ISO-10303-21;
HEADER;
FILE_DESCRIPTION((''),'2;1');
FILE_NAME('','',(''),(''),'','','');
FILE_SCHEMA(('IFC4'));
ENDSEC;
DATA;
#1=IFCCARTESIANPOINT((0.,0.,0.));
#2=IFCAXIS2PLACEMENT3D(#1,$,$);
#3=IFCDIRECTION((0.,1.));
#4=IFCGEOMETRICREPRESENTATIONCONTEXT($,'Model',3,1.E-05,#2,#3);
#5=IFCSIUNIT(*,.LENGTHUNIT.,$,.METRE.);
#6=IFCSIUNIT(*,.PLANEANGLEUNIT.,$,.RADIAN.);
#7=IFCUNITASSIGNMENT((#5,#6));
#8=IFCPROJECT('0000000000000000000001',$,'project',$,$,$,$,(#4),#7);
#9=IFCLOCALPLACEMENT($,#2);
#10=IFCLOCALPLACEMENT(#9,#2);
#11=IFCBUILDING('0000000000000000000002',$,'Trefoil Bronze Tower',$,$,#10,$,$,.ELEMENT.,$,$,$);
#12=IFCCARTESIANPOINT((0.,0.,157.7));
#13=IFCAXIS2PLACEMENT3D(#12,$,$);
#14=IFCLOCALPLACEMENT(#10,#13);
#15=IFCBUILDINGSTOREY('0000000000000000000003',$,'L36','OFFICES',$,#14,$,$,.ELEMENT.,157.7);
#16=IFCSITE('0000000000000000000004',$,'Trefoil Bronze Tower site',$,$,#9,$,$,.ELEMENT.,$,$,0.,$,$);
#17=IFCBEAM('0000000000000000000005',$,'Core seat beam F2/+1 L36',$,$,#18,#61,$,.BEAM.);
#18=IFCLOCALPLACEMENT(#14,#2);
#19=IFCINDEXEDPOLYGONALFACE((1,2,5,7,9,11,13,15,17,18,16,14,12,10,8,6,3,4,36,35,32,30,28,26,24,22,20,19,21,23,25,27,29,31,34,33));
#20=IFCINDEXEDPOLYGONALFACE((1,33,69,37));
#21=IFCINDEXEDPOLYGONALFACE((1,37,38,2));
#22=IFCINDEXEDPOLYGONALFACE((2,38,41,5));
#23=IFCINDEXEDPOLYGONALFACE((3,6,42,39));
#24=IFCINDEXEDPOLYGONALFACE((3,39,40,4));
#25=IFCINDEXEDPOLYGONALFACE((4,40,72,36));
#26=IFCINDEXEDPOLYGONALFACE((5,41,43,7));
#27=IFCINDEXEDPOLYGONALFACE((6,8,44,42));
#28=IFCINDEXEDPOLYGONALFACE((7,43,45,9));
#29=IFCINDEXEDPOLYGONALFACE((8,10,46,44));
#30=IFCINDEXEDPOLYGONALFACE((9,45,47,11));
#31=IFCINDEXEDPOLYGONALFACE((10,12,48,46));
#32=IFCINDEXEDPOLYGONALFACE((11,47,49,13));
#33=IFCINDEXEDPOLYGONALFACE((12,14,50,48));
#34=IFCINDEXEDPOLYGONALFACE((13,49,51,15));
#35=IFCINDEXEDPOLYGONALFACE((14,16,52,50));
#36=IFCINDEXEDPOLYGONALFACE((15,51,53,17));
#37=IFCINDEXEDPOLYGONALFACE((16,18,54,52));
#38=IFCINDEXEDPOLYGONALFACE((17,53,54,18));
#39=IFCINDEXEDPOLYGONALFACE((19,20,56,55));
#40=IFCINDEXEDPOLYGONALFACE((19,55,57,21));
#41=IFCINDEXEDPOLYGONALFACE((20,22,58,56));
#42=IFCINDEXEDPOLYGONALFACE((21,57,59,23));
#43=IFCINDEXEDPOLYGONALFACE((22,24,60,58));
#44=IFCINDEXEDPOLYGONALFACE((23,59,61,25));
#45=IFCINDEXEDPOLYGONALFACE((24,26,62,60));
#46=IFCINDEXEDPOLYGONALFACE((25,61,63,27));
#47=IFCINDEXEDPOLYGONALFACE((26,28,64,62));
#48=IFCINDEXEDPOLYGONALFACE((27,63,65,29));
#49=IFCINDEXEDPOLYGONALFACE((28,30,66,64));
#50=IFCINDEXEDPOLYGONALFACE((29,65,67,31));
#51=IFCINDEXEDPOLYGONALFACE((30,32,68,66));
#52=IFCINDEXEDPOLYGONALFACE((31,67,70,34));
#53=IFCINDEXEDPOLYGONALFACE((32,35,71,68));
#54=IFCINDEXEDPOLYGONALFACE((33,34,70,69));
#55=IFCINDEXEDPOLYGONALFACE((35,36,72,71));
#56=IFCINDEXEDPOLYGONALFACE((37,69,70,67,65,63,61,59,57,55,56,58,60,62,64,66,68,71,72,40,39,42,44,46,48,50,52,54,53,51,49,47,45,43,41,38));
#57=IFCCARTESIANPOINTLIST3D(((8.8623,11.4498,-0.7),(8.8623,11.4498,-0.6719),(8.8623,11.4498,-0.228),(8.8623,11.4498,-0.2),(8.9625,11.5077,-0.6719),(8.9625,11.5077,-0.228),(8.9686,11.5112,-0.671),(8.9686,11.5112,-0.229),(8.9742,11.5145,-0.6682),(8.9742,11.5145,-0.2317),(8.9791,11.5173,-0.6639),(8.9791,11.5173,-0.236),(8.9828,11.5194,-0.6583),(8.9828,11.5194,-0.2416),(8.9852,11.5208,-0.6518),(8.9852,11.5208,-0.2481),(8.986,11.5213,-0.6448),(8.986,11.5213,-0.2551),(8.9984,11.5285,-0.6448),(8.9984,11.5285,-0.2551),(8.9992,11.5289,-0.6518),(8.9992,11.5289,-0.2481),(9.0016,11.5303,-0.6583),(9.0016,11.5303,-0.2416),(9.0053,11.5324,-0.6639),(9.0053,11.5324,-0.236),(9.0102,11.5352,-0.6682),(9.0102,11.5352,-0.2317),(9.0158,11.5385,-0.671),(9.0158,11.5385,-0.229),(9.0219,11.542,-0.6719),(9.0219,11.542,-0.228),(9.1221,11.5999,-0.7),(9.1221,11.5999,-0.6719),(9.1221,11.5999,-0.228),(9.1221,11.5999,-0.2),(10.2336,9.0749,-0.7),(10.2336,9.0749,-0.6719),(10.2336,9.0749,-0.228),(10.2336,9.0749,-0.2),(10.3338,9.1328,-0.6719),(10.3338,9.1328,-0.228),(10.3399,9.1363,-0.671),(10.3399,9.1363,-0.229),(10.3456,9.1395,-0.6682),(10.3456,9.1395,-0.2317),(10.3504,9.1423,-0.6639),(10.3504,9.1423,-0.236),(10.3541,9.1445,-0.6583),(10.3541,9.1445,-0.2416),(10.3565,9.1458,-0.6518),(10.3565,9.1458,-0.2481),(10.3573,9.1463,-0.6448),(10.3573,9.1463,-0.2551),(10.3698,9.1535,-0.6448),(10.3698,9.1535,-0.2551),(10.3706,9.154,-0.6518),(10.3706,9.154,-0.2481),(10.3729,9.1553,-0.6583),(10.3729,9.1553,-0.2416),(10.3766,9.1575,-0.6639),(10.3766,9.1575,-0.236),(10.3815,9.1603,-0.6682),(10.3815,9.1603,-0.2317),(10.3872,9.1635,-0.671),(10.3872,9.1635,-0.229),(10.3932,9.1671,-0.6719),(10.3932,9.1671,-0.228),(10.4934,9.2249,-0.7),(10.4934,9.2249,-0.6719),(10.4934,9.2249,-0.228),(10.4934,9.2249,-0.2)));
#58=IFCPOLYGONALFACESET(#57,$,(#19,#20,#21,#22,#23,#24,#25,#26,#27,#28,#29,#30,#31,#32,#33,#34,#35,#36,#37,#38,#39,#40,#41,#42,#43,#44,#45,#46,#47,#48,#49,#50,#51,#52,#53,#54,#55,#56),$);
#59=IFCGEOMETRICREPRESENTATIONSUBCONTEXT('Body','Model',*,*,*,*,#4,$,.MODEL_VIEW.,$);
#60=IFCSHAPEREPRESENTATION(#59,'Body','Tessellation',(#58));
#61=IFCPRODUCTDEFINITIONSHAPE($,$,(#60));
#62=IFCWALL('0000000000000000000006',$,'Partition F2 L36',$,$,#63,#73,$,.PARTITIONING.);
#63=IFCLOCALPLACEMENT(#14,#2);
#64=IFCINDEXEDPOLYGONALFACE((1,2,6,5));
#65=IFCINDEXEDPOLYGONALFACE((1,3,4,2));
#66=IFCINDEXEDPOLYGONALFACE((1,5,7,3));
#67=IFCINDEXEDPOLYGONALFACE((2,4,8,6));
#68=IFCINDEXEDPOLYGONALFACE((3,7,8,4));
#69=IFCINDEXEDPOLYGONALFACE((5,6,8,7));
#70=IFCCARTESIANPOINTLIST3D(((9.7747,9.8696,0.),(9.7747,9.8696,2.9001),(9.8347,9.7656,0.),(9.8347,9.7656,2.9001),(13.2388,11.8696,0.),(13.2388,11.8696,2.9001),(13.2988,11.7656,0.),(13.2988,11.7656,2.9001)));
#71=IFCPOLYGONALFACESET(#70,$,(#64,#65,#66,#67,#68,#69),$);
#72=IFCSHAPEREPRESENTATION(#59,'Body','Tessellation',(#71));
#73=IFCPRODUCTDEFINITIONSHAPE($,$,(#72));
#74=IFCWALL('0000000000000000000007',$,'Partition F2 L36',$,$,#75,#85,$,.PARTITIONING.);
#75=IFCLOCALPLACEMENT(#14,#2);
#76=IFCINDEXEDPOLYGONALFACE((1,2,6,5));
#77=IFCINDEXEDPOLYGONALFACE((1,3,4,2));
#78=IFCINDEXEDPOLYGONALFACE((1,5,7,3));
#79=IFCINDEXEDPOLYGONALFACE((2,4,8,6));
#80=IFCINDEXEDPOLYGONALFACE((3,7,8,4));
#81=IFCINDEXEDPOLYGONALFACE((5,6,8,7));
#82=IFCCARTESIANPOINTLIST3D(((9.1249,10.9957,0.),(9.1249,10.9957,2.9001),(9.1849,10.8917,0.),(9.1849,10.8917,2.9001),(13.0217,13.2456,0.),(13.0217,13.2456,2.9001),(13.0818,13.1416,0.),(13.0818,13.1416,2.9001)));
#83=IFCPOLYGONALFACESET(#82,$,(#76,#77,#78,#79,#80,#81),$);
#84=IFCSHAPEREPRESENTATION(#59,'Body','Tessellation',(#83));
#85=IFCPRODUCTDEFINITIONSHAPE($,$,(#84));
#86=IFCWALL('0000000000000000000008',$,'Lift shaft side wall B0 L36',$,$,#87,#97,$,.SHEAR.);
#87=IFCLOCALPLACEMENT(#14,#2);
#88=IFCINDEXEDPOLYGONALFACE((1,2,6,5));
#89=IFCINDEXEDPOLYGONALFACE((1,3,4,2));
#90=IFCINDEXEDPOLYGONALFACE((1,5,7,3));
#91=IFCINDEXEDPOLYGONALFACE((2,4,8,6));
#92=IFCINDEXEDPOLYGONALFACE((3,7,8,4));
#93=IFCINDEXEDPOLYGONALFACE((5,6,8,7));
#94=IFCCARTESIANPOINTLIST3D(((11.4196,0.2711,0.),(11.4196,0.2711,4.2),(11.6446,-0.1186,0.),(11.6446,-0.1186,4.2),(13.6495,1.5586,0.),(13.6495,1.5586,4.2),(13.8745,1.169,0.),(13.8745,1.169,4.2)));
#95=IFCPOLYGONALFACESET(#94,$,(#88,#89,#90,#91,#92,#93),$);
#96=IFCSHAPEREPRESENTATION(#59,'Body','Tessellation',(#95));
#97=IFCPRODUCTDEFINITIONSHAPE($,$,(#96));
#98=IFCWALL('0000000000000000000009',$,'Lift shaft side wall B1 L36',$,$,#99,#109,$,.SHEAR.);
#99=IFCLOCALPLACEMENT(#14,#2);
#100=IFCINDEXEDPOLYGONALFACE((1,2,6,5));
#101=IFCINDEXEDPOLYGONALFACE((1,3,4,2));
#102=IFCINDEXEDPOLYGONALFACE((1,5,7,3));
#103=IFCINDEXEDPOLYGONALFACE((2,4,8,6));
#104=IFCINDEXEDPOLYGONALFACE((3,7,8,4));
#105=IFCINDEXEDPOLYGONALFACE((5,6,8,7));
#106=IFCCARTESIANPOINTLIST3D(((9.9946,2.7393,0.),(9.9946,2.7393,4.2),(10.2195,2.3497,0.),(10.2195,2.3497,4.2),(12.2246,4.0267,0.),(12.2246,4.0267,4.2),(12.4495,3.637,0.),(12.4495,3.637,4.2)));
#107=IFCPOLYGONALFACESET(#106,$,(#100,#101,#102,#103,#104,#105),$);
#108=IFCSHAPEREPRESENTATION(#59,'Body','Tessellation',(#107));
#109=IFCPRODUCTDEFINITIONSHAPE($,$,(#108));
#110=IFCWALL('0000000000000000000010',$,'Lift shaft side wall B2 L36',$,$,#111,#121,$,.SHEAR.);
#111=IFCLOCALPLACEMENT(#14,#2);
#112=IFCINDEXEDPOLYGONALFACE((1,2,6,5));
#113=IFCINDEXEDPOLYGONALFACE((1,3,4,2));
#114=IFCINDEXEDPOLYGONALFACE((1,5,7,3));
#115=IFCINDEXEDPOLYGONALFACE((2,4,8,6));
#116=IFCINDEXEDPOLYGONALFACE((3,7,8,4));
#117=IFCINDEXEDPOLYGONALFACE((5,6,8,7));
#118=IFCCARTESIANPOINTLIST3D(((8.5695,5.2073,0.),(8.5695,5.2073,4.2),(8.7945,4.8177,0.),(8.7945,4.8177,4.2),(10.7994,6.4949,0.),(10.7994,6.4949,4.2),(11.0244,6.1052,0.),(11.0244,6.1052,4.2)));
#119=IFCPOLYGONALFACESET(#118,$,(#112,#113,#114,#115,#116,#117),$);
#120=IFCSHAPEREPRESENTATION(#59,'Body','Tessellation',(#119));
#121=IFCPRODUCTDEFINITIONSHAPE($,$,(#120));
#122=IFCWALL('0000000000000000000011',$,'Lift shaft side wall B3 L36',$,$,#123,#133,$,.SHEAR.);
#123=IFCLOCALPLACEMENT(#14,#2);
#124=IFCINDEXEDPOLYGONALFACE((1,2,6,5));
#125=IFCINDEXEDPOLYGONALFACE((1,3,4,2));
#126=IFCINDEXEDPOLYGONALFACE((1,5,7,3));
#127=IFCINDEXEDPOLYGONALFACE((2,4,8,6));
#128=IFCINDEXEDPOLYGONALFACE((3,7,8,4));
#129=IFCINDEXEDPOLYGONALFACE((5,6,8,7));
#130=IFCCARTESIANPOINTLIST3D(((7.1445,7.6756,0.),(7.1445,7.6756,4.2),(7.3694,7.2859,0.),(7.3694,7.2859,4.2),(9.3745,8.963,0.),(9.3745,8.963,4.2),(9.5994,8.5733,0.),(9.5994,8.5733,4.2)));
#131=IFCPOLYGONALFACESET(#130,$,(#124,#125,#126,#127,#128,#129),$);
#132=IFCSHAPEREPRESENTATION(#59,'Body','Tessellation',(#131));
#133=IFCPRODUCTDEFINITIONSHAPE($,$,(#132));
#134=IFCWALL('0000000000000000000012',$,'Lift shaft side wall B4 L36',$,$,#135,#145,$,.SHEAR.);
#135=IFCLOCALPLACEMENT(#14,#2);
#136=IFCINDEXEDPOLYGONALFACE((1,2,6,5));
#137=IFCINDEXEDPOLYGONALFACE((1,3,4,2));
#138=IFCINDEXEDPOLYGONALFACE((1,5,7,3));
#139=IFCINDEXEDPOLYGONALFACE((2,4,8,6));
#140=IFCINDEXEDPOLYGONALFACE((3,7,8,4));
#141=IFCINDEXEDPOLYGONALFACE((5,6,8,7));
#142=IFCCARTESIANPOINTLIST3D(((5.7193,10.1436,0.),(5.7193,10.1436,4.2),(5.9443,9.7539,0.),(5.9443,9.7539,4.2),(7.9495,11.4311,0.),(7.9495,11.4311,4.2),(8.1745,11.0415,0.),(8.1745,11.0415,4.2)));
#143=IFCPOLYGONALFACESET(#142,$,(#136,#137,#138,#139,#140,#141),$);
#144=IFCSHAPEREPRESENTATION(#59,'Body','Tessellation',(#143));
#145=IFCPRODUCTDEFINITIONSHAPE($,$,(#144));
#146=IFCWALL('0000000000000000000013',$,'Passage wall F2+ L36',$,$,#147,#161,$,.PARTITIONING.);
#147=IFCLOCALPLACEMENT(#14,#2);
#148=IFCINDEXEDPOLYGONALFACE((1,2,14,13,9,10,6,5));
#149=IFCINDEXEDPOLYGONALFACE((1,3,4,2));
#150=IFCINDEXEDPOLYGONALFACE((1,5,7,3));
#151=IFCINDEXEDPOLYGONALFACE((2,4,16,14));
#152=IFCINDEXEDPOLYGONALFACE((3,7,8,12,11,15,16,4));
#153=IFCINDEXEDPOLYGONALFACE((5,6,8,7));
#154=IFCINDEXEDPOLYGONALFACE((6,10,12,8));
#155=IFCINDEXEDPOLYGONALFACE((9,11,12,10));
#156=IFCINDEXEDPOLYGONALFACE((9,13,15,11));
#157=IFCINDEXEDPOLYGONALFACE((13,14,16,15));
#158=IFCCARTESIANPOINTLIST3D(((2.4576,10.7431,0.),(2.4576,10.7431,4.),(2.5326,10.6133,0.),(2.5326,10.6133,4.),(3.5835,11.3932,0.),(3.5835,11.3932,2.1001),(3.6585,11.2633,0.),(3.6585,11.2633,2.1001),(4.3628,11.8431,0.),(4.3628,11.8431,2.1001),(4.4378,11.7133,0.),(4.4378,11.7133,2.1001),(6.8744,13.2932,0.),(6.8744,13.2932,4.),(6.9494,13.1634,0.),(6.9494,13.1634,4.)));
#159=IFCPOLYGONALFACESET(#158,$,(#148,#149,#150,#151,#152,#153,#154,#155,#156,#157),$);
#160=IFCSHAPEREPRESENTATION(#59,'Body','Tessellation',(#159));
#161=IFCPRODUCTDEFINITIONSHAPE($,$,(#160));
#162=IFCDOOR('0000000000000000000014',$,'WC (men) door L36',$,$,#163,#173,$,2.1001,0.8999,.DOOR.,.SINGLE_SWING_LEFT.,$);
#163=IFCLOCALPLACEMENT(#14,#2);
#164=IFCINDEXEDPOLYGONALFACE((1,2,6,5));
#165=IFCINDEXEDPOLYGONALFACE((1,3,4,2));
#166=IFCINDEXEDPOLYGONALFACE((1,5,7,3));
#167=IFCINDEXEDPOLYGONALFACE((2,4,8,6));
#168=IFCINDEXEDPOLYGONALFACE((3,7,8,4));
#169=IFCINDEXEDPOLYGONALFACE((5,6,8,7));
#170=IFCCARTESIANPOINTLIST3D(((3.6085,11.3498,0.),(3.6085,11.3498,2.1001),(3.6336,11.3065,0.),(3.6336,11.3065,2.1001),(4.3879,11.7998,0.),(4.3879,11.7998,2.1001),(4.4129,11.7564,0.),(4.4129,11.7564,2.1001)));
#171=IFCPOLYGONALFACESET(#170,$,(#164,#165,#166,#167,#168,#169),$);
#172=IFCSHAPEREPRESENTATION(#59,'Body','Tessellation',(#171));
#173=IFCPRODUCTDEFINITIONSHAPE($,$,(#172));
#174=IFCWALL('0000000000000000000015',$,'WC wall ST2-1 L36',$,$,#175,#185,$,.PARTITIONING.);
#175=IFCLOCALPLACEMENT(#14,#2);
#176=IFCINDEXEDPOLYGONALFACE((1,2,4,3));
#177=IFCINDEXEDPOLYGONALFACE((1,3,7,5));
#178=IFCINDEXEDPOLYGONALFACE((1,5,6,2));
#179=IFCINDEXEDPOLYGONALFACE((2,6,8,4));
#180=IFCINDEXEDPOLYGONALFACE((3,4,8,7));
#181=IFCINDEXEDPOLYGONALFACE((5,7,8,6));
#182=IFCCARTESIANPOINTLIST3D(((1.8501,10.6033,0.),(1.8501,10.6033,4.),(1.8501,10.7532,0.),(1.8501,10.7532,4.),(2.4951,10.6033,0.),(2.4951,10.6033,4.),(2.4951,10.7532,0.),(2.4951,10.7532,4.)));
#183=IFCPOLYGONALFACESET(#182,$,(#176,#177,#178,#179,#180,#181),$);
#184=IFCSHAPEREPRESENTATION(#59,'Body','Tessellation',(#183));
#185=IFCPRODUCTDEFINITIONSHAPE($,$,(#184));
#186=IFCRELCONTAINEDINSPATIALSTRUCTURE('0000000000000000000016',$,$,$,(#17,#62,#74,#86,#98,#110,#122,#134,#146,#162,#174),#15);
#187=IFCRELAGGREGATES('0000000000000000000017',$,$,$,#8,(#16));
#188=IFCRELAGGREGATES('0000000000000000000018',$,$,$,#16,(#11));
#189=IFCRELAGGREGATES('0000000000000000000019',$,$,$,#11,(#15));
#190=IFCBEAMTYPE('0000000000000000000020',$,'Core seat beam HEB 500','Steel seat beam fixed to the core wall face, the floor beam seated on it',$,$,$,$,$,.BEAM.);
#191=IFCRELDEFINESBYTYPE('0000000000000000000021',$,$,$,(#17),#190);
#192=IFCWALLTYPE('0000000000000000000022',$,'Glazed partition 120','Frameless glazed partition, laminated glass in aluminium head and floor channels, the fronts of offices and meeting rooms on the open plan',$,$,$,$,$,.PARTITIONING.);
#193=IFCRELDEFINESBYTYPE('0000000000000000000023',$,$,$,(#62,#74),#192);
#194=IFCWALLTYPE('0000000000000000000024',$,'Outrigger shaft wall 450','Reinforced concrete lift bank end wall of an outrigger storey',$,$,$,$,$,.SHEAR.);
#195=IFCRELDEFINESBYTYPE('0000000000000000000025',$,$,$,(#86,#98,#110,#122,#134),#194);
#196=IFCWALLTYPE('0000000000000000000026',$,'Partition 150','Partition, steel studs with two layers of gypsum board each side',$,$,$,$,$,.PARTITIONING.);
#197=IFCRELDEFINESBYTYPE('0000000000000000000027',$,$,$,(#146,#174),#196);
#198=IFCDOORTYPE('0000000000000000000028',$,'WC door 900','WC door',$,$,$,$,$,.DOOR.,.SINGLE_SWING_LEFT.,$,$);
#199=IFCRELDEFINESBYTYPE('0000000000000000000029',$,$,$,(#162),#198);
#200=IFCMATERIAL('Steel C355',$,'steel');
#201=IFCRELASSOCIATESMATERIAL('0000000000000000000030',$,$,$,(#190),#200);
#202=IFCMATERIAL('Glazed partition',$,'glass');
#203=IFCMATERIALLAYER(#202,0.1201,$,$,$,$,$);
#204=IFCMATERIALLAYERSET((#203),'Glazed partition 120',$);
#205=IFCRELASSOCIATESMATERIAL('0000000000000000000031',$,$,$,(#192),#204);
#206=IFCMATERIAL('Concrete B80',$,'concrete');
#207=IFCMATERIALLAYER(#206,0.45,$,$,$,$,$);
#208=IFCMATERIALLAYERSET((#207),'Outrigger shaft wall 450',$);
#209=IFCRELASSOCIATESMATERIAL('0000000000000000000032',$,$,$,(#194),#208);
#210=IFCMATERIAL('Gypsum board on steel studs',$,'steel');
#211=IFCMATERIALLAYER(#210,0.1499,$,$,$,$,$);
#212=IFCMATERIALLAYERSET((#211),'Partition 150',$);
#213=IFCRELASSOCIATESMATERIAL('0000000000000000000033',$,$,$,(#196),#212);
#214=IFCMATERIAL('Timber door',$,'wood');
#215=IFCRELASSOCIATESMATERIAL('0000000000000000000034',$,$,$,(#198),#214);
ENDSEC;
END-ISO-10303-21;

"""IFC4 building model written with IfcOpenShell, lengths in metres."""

from ifc_helpers import new_model, si_unit, direction, frame, frame_2d, origin, origin_2d, place, context, subcontext, project, spatial, rectangle, i_section, extrude, material, layer, layer_set, material_profile, profile_set, type_object, element, fill, save


model = new_model("IFC4")

# Units and contexts
model_context = context("Model", 3, precision=1e-05, world=origin(), true_north=direction((0.0, 1.0)))
body_context = subcontext(model_context, "Body", "Model", "MODEL_VIEW")
ifc_project = project(units=[si_unit("LENGTHUNIT", "METRE"), si_unit("PLANEANGLEUNIT", "RADIAN")], contexts=[model_context])

# Site, building, storey
site_placement = place(None, origin())
site = spatial("IfcSite", under=ifc_project, at=site_placement, Name="Trefoil Bronze Tower site", CompositionType="ELEMENT", RefElevation=0.0)
building_placement = place(site_placement, origin())
building = spatial("IfcBuilding", under=site, at=building_placement, Name="Trefoil Bronze Tower", CompositionType="ELEMENT")
storey_placement = place(building_placement, frame((0.0, 0.0, 157.7)))
storey = spatial("IfcBuildingStorey", under=building, at=storey_placement, Name="L36", Description="OFFICES", CompositionType="ELEMENT", Elevation=157.7)

# Beam
ifc_material_1 = material(Name="Steel C355", Category="steel")
ifc_material_profile = material_profile(ifc_material_1, i_section(OverallWidth=0.3, OverallDepth=0.5, WebThickness=0.0144, FlangeThickness=0.0281, FilletRadius=0.0271, at=origin_2d()), Name="HEB 500")
ifc_profile_set = profile_set([ifc_material_profile], Name="Steel C355")
beam_type = type_object("IfcBeamType", Name="Core seat beam HEB 500", Description="Steel seat beam fixed to the core wall face, the floor beam seated on it", PredefinedType="BEAM", material=ifc_profile_set)
beam_placement = place(storey_placement, frame((10.3635, 9.1499, -0.45), z_axis=(-0.500036, 0.866005, 0.0), x_axis=(-0.866005, -0.500036, 0.0)))
element("IfcBeam", 1, at=beam_placement, inside=storey, type_object=beam_type, Name="Core seat beam F2/+1 L36", PredefinedType="BEAM", context=body_context, shape_type="SweptSolid", body=[
    extrude(i_section(OverallWidth=0.3, OverallDepth=0.5, WebThickness=0.0144, FlangeThickness=0.0281, FilletRadius=0.0271, at=origin_2d()), origin(), (0.0, 0.0, 1.0), 2.7424),
])

# Walls
ifc_material_2 = material(Name="Glazed partition", Category="glass")
ifc_layer_1 = layer(ifc_material_2, 0.1201)
ifc_layer_set_1 = layer_set([ifc_layer_1], Name="Glazed partition 120")
wall_type_1 = type_object("IfcWallType", Name="Glazed partition 120", Description="Frameless glazed partition, laminated glass in aluminium head and floor channels, the fronts of offices and meeting rooms on the open plan", PredefinedType="PARTITIONING", material=ifc_layer_set_1)
wall_1_placement = place(storey_placement, frame((9.8047, 9.8176, 0.0), z_axis=(0.0, 0.0, 1.0), x_axis=(0.866026, 0.499999, 0.0)))
element("IfcWall", 2, at=wall_1_placement, inside=storey, type_object=wall_type_1, Name="Partition F2 L36", PredefinedType="PARTITIONING", context=body_context, shape_type="SweptSolid", body=[
    extrude(rectangle(XDim=4.0, YDim=0.1201, at=frame_2d((2.0, 0.0))), origin(), (0.0, 0.0, 1.0), 2.9001),
])
wall_2_placement = place(storey_placement, frame((9.1548, 10.9436, 0.0), z_axis=(0.0, 0.0, 1.0), x_axis=(0.866018, 0.500014, 0.0)))
element("IfcWall", 3, at=wall_2_placement, inside=storey, type_object=wall_type_1, Name="Partition F2 L36", PredefinedType="PARTITIONING", context=body_context, shape_type="SweptSolid", body=[
    extrude(rectangle(XDim=4.4998, YDim=0.1201, at=frame_2d((2.25, 0.0))), origin(), (0.0, 0.0, 1.0), 2.9001),
])
ifc_material_3 = material(Name="Concrete B80", Category="concrete")
ifc_layer_2 = layer(ifc_material_3, 0.45)
ifc_layer_set_2 = layer_set([ifc_layer_2], Name="Outrigger shaft wall 450")
wall_type_2 = type_object("IfcWallType", Name="Outrigger shaft wall 450", Description="Reinforced concrete lift bank end wall of an outrigger storey", PredefinedType="SHEAR", material=ifc_layer_set_2)
for number, where, z_axis, x_axis, name in (
    (4, (11.532, 0.0762, 0.0), (0.0, 0.0, 1.0), (0.866006, 0.500034, 0.0), "Lift shaft side wall B0 L36"),
    (5, (10.1069, 2.5444, 0.0), (0.0, 0.0, 1.0), (0.866047, 0.499963, 0.0), "Lift shaft side wall B1 L36"),
    (6, (8.6819, 5.0125, 0.0), (0.0, 0.0, 1.0), (0.866006, 0.500034, 0.0), "Lift shaft side wall B2 L36"),
    (7, (7.2568, 7.4807, 0.0), (0.0, 0.0, 1.0), (0.866047, 0.499963, 0.0), "Lift shaft side wall B3 L36"),
):
    element("IfcWall", number, at=place(storey_placement, frame(where, z_axis=z_axis, x_axis=x_axis)), inside=storey, type_object=wall_type_2, Name=name, PredefinedType="SHEAR", context=body_context, shape_type="SweptSolid", body=[
        extrude(rectangle(XDim=2.575, YDim=0.45, at=frame_2d((1.2876, 0.0))), origin(), (0.0, 0.0, 1.0), 4.2),
    ])
wall_3_placement = place(storey_placement, frame((5.8318, 9.9487, 0.0), z_axis=(0.0, 0.0, 1.0), x_axis=(0.866029, 0.499993, 0.0)))
element("IfcWall", 8, at=wall_3_placement, inside=storey, type_object=wall_type_2, Name="Lift shaft side wall B4 L36", PredefinedType="SHEAR", context=body_context, shape_type="SweptSolid", body=[
    extrude(rectangle(XDim=2.5752, YDim=0.45, at=frame_2d((1.2876, 0.0))), origin(), (0.0, 0.0, 1.0), 4.2),
])

# Wall, opening, door
ifc_material_4 = material(Name="Gypsum board on steel studs", Category="steel")
ifc_layer_3 = layer(ifc_material_4, 0.1499)
ifc_layer_set_3 = layer_set([ifc_layer_3], Name="Partition 150")
wall_type_3 = type_object("IfcWallType", Name="Partition 150", Description="Partition, steel studs with two layers of gypsum board each side", PredefinedType="PARTITIONING", material=ifc_layer_set_3)
wall_4_placement = place(storey_placement, frame((2.4951, 10.6782, 0.0), z_axis=(0.0, 0.0, 1.0), x_axis=(0.866022, 0.500006, 0.0)))
wall_4 = element("IfcWall", 9, at=wall_4_placement, inside=storey, type_object=wall_type_3, Name="Passage wall F2+ L36", PredefinedType="PARTITIONING", context=body_context, shape_type="SweptSolid", body=[
    extrude(rectangle(XDim=5.1001, YDim=0.1499, at=frame_2d((2.55, 0.0))), origin(), (0.0, 0.0, 1.0), 4.0),
])
opening_1_placement = place(wall_4_placement, frame((1.3, 0.0, 0.0)))
opening_1 = element("IfcOpeningElement", 10, at=opening_1_placement, cuts=wall_4, PredefinedType="OPENING", context=body_context, shape_type="SweptSolid", body=[
    extrude(rectangle(XDim=0.8999, YDim=2.1001, at=frame_2d((0.45, 1.05))), frame((0.0, 0.085, 0.0), z_axis=(0.0, -1.0, 0.0), x_axis=(1.0, 0.0, 0.0)), (0.0, 0.0, 1.0), 0.1699),
])
ifc_material_5 = material(Name="Timber door", Category="wood")
door_type_1 = type_object("IfcDoorType", Name="WC door 900", Description="WC door", OperationType="SINGLE_SWING_LEFT", PredefinedType="DOOR", material=ifc_material_5)
door_1_placement = place(opening_1_placement, origin())
door_1 = element("IfcDoor", 11, at=door_1_placement, inside=storey, type_object=door_type_1, Name="WC (men) door L36", OperationType="SINGLE_SWING_LEFT", OverallHeight=2.1001, OverallWidth=0.8999, PredefinedType="DOOR", context=body_context, shape_type="SweptSolid", body=[
    extrude(rectangle(XDim=0.8999, YDim=2.1001, at=frame_2d((0.45, 1.05))), frame((0.0, 0.0249, 0.0), z_axis=(0.0, -1.0, 0.0), x_axis=(1.0, 0.0, 0.0)), (0.0, 0.0, 1.0), 0.05),
])
fill(opening_1, door_1)

# Wall
wall_5_placement = place(storey_placement, frame((2.4951, 10.6782, 0.0), z_axis=(0.0, 0.0, 1.0), x_axis=(-1.0, 0.0, 0.0)))
element("IfcWall", 12, at=wall_5_placement, inside=storey, type_object=wall_type_3, Name="WC wall ST2-1 L36", PredefinedType="PARTITIONING", context=body_context, shape_type="SweptSolid", body=[
    extrude(rectangle(XDim=0.645, YDim=0.1499, at=frame_2d((0.3225, 0.0))), origin(), (0.0, 0.0, 1.0), 4.0),
])

save(model, "model.ifc")
